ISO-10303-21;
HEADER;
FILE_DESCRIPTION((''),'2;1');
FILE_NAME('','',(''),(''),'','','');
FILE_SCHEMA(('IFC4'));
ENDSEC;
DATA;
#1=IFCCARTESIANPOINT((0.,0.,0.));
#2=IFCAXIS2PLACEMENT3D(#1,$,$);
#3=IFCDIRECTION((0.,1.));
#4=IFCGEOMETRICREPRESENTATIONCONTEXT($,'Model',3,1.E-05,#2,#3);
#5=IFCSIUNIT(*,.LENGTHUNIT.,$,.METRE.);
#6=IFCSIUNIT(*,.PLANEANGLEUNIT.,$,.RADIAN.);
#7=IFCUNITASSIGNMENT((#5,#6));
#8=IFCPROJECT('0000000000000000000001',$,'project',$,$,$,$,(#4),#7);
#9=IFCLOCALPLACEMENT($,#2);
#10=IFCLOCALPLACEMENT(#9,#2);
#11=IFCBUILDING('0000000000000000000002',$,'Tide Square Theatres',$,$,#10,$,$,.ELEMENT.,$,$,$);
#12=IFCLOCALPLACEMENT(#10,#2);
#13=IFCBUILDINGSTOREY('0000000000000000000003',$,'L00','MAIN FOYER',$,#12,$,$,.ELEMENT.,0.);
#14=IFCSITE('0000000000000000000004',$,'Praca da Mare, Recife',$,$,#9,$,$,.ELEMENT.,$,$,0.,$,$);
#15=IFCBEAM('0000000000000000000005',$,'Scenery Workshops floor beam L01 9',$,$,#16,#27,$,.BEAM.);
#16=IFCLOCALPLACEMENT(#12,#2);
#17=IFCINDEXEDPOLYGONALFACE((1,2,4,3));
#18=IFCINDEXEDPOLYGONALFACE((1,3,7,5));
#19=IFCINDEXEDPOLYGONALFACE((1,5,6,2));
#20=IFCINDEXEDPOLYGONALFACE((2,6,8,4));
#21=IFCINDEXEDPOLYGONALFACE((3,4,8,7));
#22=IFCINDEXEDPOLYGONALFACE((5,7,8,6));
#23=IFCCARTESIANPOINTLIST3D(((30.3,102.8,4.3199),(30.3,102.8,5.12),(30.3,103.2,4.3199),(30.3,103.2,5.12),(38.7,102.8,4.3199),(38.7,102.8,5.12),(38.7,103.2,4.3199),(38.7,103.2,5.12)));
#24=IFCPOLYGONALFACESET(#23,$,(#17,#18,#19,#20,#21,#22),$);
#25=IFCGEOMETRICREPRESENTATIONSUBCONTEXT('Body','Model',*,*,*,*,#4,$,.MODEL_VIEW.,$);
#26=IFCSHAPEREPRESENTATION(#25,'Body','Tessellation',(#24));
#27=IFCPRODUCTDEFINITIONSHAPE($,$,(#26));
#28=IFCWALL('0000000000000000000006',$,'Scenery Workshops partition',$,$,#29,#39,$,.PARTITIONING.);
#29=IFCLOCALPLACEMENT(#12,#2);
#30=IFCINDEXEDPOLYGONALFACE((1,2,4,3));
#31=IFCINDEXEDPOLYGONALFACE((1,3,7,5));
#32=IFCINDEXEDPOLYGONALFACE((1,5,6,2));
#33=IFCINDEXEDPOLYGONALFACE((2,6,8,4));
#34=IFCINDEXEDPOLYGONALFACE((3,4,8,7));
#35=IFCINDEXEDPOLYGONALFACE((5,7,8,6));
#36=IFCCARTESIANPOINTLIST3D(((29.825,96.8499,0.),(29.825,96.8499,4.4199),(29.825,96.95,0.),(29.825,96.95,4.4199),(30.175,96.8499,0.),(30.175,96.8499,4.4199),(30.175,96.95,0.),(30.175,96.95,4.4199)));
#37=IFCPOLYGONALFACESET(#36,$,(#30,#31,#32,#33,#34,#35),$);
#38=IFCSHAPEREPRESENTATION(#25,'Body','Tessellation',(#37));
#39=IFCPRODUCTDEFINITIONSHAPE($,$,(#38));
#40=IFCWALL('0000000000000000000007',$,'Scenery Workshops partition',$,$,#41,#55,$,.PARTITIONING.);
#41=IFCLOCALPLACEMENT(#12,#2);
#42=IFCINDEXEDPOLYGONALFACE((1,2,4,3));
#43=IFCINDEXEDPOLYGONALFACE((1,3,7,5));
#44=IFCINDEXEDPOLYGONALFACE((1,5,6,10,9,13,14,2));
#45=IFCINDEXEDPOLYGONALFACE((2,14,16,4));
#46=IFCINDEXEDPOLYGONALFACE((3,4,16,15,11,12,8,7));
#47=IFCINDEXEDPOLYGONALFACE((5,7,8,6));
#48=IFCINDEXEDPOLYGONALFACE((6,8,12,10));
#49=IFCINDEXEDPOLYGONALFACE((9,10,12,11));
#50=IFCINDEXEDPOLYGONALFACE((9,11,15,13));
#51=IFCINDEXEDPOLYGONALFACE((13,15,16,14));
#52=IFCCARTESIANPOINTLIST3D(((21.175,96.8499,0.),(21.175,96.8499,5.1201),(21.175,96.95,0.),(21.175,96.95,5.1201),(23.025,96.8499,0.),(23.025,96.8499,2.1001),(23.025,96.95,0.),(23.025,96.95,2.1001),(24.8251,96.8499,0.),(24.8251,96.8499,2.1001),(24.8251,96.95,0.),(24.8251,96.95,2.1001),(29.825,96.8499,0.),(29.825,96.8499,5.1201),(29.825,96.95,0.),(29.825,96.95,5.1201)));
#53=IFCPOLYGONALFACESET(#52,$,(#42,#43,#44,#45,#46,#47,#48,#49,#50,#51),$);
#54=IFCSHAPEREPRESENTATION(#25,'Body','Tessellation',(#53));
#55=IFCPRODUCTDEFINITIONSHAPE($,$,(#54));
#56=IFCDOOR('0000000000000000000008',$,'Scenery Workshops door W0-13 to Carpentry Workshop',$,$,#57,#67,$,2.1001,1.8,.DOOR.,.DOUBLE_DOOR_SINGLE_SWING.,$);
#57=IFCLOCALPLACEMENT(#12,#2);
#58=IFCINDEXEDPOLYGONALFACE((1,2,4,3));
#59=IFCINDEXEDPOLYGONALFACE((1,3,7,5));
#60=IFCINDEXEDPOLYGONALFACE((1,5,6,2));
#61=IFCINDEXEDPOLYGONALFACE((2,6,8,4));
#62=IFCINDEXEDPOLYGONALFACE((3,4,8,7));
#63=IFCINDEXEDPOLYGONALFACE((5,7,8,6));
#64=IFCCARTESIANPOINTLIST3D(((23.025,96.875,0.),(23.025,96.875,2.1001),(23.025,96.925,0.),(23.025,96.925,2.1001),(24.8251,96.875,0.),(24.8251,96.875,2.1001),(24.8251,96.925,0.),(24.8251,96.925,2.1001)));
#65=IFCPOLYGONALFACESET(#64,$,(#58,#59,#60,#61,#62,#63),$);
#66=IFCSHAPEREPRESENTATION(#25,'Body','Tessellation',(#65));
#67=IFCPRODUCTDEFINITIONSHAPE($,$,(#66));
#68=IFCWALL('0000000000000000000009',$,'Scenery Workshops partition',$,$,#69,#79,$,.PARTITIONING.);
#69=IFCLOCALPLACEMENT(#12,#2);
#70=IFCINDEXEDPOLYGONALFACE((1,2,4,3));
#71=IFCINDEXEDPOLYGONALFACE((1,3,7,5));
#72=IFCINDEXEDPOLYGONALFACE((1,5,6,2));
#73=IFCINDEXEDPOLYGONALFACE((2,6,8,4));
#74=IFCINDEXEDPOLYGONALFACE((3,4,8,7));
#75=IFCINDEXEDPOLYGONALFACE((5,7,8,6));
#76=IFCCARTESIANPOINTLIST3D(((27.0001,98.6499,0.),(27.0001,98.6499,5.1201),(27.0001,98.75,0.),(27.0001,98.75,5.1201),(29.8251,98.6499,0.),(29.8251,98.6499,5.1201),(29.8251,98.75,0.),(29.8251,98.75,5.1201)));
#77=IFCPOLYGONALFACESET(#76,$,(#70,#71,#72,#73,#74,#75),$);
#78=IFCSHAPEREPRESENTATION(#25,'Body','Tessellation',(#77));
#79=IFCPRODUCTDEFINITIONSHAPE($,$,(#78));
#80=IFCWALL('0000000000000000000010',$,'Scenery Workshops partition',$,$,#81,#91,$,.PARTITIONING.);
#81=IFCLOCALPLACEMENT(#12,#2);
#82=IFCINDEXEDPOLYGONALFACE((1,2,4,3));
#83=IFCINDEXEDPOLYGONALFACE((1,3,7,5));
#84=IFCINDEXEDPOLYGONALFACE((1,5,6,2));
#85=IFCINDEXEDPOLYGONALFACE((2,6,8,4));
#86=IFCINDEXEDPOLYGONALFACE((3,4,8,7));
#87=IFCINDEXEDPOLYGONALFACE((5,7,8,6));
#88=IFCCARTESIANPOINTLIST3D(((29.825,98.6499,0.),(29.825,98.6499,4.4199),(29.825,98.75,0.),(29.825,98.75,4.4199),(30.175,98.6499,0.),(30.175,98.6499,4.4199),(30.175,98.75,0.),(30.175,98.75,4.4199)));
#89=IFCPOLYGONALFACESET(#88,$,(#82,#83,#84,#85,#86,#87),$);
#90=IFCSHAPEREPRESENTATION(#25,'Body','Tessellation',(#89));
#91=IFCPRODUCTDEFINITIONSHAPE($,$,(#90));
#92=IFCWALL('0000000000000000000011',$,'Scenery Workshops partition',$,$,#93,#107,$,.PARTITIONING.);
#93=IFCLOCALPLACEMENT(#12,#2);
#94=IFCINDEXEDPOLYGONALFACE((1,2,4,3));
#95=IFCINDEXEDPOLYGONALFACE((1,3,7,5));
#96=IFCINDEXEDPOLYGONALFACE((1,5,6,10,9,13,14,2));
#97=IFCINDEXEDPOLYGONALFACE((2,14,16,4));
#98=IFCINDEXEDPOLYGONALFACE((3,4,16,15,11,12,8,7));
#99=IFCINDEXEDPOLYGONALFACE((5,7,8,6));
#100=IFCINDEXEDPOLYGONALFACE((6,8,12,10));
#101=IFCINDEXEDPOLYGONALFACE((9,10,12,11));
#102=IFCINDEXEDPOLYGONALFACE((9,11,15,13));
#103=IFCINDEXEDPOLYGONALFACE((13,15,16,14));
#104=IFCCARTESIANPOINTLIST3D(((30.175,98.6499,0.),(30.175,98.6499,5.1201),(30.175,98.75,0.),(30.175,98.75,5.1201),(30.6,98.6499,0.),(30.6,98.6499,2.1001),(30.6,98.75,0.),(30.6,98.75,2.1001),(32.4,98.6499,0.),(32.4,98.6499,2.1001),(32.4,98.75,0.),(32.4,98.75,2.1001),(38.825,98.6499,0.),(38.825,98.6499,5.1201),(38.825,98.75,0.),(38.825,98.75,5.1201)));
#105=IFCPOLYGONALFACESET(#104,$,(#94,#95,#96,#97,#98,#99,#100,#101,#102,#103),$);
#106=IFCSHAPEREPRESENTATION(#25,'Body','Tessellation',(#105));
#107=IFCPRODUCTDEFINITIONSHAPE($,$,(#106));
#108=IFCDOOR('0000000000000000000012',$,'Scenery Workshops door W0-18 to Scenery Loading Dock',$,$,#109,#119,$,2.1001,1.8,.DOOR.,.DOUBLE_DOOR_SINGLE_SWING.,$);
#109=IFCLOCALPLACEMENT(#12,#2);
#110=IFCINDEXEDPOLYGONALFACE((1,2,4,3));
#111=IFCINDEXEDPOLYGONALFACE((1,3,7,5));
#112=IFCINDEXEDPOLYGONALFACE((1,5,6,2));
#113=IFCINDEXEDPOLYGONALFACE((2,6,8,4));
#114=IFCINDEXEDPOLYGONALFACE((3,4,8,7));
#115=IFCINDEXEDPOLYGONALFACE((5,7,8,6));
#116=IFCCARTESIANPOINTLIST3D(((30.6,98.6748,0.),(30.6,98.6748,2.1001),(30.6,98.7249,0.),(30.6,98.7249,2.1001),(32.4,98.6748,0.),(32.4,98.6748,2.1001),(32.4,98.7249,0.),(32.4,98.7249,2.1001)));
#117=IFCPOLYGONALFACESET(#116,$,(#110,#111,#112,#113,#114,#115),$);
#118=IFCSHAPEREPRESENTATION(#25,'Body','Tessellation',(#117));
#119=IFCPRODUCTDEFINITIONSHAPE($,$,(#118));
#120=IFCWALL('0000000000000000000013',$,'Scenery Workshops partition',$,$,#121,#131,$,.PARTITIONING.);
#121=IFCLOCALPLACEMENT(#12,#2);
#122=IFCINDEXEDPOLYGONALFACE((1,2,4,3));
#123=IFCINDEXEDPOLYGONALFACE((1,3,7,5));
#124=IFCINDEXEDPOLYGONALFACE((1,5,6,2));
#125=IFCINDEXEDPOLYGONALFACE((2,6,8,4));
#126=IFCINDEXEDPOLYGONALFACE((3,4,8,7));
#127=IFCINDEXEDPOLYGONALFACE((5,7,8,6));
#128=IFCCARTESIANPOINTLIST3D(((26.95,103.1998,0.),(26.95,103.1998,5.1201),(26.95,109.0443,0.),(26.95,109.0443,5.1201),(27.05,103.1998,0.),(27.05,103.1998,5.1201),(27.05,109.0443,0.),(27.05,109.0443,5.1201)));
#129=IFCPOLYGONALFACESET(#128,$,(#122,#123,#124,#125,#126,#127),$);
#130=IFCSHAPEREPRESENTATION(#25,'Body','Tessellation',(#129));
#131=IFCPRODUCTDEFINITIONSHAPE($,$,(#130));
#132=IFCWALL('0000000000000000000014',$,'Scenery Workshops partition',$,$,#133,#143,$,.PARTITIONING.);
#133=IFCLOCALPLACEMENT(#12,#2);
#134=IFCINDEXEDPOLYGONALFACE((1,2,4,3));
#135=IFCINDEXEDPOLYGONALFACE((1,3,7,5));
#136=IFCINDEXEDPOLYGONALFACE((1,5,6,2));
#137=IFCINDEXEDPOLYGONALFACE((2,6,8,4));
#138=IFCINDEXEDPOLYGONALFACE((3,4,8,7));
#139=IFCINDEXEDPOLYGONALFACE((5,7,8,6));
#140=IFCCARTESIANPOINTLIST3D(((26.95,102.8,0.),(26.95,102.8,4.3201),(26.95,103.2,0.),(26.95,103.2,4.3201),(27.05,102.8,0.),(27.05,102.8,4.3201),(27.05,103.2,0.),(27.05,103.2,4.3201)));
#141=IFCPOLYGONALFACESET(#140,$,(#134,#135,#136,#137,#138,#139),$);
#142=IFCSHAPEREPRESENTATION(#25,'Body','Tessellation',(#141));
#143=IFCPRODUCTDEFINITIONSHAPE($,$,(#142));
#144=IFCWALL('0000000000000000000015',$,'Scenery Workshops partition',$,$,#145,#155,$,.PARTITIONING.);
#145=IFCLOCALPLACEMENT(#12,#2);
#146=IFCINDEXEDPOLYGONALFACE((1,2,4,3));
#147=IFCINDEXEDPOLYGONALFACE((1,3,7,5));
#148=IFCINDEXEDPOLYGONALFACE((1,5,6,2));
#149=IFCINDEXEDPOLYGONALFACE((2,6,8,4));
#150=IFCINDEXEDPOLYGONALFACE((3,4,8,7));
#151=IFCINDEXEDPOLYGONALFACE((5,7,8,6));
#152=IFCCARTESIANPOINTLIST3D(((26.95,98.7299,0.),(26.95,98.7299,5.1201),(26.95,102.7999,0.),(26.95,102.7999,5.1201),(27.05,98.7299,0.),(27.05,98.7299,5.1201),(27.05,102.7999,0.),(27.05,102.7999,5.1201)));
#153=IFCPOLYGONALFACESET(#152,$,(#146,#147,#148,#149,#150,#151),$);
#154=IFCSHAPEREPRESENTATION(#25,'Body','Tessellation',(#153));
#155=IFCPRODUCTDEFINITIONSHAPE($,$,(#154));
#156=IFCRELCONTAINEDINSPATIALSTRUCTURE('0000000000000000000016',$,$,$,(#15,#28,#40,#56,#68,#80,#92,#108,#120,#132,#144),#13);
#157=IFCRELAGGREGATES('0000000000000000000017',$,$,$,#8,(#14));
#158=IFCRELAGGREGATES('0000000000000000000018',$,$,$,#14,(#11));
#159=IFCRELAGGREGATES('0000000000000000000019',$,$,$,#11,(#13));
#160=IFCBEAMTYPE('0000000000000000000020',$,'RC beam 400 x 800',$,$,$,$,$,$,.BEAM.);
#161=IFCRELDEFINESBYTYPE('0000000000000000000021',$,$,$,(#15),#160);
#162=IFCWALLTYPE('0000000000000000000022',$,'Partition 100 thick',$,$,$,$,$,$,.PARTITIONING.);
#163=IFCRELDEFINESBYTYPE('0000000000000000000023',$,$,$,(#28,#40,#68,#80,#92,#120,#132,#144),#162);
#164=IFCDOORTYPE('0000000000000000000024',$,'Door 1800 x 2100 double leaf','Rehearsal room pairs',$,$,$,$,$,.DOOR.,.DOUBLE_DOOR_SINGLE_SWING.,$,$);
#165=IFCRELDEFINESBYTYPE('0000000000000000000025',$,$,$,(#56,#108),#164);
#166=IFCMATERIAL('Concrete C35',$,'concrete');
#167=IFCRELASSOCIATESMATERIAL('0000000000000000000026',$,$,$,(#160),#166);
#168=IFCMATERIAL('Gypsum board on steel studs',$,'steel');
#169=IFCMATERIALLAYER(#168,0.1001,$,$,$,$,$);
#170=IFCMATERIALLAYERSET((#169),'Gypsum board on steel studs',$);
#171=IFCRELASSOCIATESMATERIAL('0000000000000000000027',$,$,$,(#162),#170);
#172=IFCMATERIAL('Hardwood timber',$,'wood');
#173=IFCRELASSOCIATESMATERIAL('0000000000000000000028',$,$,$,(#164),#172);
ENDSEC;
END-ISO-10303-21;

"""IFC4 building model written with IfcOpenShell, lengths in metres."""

from ifc_helpers import new_model, si_unit, direction, frame, frame_2d, origin, origin_2d, place, context, subcontext, project, spatial, rectangle, extrude, material, layer, layer_set, material_profile, profile_set, type_object, element, fill, save


model = new_model("IFC4")

# Units and contexts
model_context = context("Model", 3, precision=1e-05, world=origin(), true_north=direction((0.0, 1.0)))
body_context = subcontext(model_context, "Body", "Model", "MODEL_VIEW")
ifc_project = project(units=[si_unit("LENGTHUNIT", "METRE"), si_unit("PLANEANGLEUNIT", "RADIAN")], contexts=[model_context])

# Site, building, storey
site_placement = place(None, origin())
site = spatial("IfcSite", under=ifc_project, at=site_placement, Name="Praca da Mare, Recife", CompositionType="ELEMENT", RefElevation=0.0)
building_placement = place(site_placement, origin())
building = spatial("IfcBuilding", under=site, at=building_placement, Name="Tide Square Theatres", CompositionType="ELEMENT")
storey_placement = place(building_placement, origin())
storey = spatial("IfcBuildingStorey", under=building, at=storey_placement, Name="L00", Description="MAIN FOYER", CompositionType="ELEMENT", Elevation=0.0)

# Beam
ifc_material_1 = material(Name="Concrete C35", Category="concrete")
ifc_material_profile_1 = material_profile(ifc_material_1, rectangle(XDim=0.3999, YDim=0.8, at=origin_2d()))
ifc_profile_set_1 = profile_set([ifc_material_profile_1], Name="Concrete C35")
beam_type_1 = type_object("IfcBeamType", Name="RC beam 400 x 800", PredefinedType="BEAM", material=ifc_profile_set_1)
beam_1_placement = place(storey_placement, frame((30.3, 103.0, 4.72), z_axis=(1.0, 0.0, 0.0), x_axis=(0.0, 1.0, 0.0)))
element("IfcBeam", 1, at=beam_1_placement, inside=storey, type_object=beam_type_1, Name="Scenery Workshops floor beam L01 9", PredefinedType="BEAM", context=body_context, shape_type="SweptSolid", body=[
    extrude(rectangle(XDim=0.3999, YDim=0.8, at=origin_2d()), origin(), (0.0, 0.0, 1.0), 8.3999),
])

# Wall
ifc_material_2 = material(Name="Gypsum board on steel studs", Category="steel")
ifc_layer_1 = layer(ifc_material_2, 0.1001)
ifc_layer_set_1 = layer_set([ifc_layer_1], Name="Gypsum board on steel studs")
wall_type_1 = type_object("IfcWallType", Name="Partition 100 thick", PredefinedType="PARTITIONING", material=ifc_layer_set_1)
wall_1_placement = place(storey_placement, frame((30.175, 96.8999, 0.0), z_axis=(0.0, 0.0, 1.0), x_axis=(-1.0, 0.0, 0.0)))
element("IfcWall", 2, at=wall_1_placement, inside=storey, type_object=wall_type_1, Name="Scenery Workshops partition", PredefinedType="PARTITIONING", context=body_context, shape_type="SweptSolid", body=[
    extrude(rectangle(XDim=0.3501, YDim=0.1001, at=frame_2d((0.175, 0.0))), origin(), (0.0, 0.0, 1.0), 4.4199),
])

# Wall, opening, door
wall_2_placement = place(storey_placement, frame((29.825, 96.8999, 0.0), z_axis=(0.0, 0.0, 1.0), x_axis=(-1.0, 0.0, 0.0)))
wall_2 = element("IfcWall", 3, at=wall_2_placement, inside=storey, type_object=wall_type_1, Name="Scenery Workshops partition", PredefinedType="PARTITIONING", context=body_context, shape_type="SweptSolid", body=[
    extrude(rectangle(XDim=8.6499, YDim=0.1001, at=frame_2d((4.325, 0.0))), origin(), (0.0, 0.0, 1.0), 5.1201),
])
opening_1_placement = place(wall_2_placement, frame((5.0, 0.0, 0.0)))
opening_1 = element("IfcOpeningElement", 4, at=opening_1_placement, cuts=wall_2, PredefinedType="OPENING", context=body_context, shape_type="SweptSolid", body=[
    extrude(rectangle(XDim=1.8, YDim=2.1001, at=frame_2d((0.8999, 1.05))), frame((0.0, 0.0601, 0.0), z_axis=(0.0, -1.0, 0.0), x_axis=(1.0, 0.0, 0.0)), (0.0, 0.0, 1.0), 0.1201),
])
ifc_material_3 = material(Name="Hardwood timber", Category="wood")
door_type = type_object("IfcDoorType", Name="Door 1800 x 2100 double leaf", Description="Rehearsal room pairs", OperationType="DOUBLE_DOOR_SINGLE_SWING", PredefinedType="DOOR", material=ifc_material_3)
door_1_placement = place(opening_1_placement, origin())
door_1 = element("IfcDoor", 5, at=door_1_placement, inside=storey, type_object=door_type, Name="Scenery Workshops door W0-13 to Carpentry Workshop", OperationType="DOUBLE_DOOR_SINGLE_SWING", OverallHeight=2.1001, OverallWidth=1.8, PredefinedType="DOOR", context=body_context, shape_type="SweptSolid", body=[
    extrude(rectangle(XDim=1.8, YDim=2.1001, at=frame_2d((0.8999, 1.05))), frame((0.0, 0.0249, 0.0), z_axis=(0.0, -1.0, 0.0), x_axis=(1.0, 0.0, 0.0)), (0.0, 0.0, 1.0), 0.05),
])
fill(opening_1, door_1)

# Walls
wall_3_placement = place(storey_placement, frame((27.0, 98.7, 0.0), z_axis=(0.0, 0.0, 1.0), x_axis=(1.0, 0.0, 0.0)))
element("IfcWall", 6, at=wall_3_placement, inside=storey, type_object=wall_type_1, Name="Scenery Workshops partition", PredefinedType="PARTITIONING", context=body_context, shape_type="SweptSolid", body=[
    extrude(rectangle(XDim=2.825, YDim=0.1001, at=frame_2d((1.4126, 0.0))), origin(), (0.0, 0.0, 1.0), 5.1201),
])
wall_4_placement = place(storey_placement, frame((29.825, 98.7, 0.0), z_axis=(0.0, 0.0, 1.0), x_axis=(1.0, 0.0, 0.0)))
element("IfcWall", 7, at=wall_4_placement, inside=storey, type_object=wall_type_1, Name="Scenery Workshops partition", PredefinedType="PARTITIONING", context=body_context, shape_type="SweptSolid", body=[
    extrude(rectangle(XDim=0.3501, YDim=0.1001, at=frame_2d((0.175, 0.0))), origin(), (0.0, 0.0, 1.0), 4.4199),
])

# Wall, opening, door
wall_5_placement = place(storey_placement, frame((30.175, 98.7, 0.0), z_axis=(0.0, 0.0, 1.0), x_axis=(1.0, 0.0, 0.0)))
wall_5 = element("IfcWall", 8, at=wall_5_placement, inside=storey, type_object=wall_type_1, Name="Scenery Workshops partition", PredefinedType="PARTITIONING", context=body_context, shape_type="SweptSolid", body=[
    extrude(rectangle(XDim=8.6499, YDim=0.1001, at=frame_2d((4.325, 0.0))), origin(), (0.0, 0.0, 1.0), 5.1201),
])
opening_2_placement = place(wall_5_placement, frame((0.425, 0.0, 0.0)))
opening_2 = element("IfcOpeningElement", 9, at=opening_2_placement, cuts=wall_5, PredefinedType="OPENING", context=body_context, shape_type="SweptSolid", body=[
    extrude(rectangle(XDim=1.8, YDim=2.1001, at=frame_2d((0.8999, 1.05))), frame((0.0, 0.0601, 0.0), z_axis=(0.0, -1.0, 0.0), x_axis=(1.0, 0.0, 0.0)), (0.0, 0.0, 1.0), 0.1201),
])
door_2_placement = place(opening_2_placement, origin())
door_2 = element("IfcDoor", 10, at=door_2_placement, inside=storey, type_object=door_type, Name="Scenery Workshops door W0-18 to Scenery Loading Dock", OperationType="DOUBLE_DOOR_SINGLE_SWING", OverallHeight=2.1001, OverallWidth=1.8, PredefinedType="DOOR", context=body_context, shape_type="SweptSolid", body=[
    extrude(rectangle(XDim=1.8, YDim=2.1001, at=frame_2d((0.8999, 1.05))), frame((0.0, 0.0249, 0.0), z_axis=(0.0, -1.0, 0.0), x_axis=(1.0, 0.0, 0.0)), (0.0, 0.0, 1.0), 0.05),
])
fill(opening_2, door_2)

# Walls
wall_6_placement = place(storey_placement, frame((27.0, 109.0444, 0.0), z_axis=(0.0, 0.0, 1.0), x_axis=(0.0, -1.0, 0.0)))
element("IfcWall", 11, at=wall_6_placement, inside=storey, type_object=wall_type_1, Name="Scenery Workshops partition", PredefinedType="PARTITIONING", context=body_context, shape_type="SweptSolid", body=[
    extrude(rectangle(XDim=5.8445, YDim=0.1001, at=frame_2d((2.9224, 0.0))), origin(), (0.0, 0.0, 1.0), 5.1201),
])
wall_7_placement = place(storey_placement, frame((27.0, 103.2, 0.0), z_axis=(0.0, 0.0, 1.0), x_axis=(0.0, -1.0, 0.0)))
element("IfcWall", 12, at=wall_7_placement, inside=storey, type_object=wall_type_1, Name="Scenery Workshops partition", PredefinedType="PARTITIONING", context=body_context, shape_type="SweptSolid", body=[
    extrude(rectangle(XDim=0.3999, YDim=0.1001, at=frame_2d((0.2, 0.0))), origin(), (0.0, 0.0, 1.0), 4.3201),
])
wall_8_placement = place(storey_placement, frame((27.0, 102.8, 0.0), z_axis=(0.0, 0.0, 1.0), x_axis=(0.0, -1.0, 0.0)))
element("IfcWall", 13, at=wall_8_placement, inside=storey, type_object=wall_type_1, Name="Scenery Workshops partition", PredefinedType="PARTITIONING", context=body_context, shape_type="SweptSolid", body=[
    extrude(rectangle(XDim=4.0701, YDim=0.1001, at=frame_2d((2.0352, 0.0))), origin(), (0.0, 0.0, 1.0), 5.1201),
])

save(model, "model.ifc")
